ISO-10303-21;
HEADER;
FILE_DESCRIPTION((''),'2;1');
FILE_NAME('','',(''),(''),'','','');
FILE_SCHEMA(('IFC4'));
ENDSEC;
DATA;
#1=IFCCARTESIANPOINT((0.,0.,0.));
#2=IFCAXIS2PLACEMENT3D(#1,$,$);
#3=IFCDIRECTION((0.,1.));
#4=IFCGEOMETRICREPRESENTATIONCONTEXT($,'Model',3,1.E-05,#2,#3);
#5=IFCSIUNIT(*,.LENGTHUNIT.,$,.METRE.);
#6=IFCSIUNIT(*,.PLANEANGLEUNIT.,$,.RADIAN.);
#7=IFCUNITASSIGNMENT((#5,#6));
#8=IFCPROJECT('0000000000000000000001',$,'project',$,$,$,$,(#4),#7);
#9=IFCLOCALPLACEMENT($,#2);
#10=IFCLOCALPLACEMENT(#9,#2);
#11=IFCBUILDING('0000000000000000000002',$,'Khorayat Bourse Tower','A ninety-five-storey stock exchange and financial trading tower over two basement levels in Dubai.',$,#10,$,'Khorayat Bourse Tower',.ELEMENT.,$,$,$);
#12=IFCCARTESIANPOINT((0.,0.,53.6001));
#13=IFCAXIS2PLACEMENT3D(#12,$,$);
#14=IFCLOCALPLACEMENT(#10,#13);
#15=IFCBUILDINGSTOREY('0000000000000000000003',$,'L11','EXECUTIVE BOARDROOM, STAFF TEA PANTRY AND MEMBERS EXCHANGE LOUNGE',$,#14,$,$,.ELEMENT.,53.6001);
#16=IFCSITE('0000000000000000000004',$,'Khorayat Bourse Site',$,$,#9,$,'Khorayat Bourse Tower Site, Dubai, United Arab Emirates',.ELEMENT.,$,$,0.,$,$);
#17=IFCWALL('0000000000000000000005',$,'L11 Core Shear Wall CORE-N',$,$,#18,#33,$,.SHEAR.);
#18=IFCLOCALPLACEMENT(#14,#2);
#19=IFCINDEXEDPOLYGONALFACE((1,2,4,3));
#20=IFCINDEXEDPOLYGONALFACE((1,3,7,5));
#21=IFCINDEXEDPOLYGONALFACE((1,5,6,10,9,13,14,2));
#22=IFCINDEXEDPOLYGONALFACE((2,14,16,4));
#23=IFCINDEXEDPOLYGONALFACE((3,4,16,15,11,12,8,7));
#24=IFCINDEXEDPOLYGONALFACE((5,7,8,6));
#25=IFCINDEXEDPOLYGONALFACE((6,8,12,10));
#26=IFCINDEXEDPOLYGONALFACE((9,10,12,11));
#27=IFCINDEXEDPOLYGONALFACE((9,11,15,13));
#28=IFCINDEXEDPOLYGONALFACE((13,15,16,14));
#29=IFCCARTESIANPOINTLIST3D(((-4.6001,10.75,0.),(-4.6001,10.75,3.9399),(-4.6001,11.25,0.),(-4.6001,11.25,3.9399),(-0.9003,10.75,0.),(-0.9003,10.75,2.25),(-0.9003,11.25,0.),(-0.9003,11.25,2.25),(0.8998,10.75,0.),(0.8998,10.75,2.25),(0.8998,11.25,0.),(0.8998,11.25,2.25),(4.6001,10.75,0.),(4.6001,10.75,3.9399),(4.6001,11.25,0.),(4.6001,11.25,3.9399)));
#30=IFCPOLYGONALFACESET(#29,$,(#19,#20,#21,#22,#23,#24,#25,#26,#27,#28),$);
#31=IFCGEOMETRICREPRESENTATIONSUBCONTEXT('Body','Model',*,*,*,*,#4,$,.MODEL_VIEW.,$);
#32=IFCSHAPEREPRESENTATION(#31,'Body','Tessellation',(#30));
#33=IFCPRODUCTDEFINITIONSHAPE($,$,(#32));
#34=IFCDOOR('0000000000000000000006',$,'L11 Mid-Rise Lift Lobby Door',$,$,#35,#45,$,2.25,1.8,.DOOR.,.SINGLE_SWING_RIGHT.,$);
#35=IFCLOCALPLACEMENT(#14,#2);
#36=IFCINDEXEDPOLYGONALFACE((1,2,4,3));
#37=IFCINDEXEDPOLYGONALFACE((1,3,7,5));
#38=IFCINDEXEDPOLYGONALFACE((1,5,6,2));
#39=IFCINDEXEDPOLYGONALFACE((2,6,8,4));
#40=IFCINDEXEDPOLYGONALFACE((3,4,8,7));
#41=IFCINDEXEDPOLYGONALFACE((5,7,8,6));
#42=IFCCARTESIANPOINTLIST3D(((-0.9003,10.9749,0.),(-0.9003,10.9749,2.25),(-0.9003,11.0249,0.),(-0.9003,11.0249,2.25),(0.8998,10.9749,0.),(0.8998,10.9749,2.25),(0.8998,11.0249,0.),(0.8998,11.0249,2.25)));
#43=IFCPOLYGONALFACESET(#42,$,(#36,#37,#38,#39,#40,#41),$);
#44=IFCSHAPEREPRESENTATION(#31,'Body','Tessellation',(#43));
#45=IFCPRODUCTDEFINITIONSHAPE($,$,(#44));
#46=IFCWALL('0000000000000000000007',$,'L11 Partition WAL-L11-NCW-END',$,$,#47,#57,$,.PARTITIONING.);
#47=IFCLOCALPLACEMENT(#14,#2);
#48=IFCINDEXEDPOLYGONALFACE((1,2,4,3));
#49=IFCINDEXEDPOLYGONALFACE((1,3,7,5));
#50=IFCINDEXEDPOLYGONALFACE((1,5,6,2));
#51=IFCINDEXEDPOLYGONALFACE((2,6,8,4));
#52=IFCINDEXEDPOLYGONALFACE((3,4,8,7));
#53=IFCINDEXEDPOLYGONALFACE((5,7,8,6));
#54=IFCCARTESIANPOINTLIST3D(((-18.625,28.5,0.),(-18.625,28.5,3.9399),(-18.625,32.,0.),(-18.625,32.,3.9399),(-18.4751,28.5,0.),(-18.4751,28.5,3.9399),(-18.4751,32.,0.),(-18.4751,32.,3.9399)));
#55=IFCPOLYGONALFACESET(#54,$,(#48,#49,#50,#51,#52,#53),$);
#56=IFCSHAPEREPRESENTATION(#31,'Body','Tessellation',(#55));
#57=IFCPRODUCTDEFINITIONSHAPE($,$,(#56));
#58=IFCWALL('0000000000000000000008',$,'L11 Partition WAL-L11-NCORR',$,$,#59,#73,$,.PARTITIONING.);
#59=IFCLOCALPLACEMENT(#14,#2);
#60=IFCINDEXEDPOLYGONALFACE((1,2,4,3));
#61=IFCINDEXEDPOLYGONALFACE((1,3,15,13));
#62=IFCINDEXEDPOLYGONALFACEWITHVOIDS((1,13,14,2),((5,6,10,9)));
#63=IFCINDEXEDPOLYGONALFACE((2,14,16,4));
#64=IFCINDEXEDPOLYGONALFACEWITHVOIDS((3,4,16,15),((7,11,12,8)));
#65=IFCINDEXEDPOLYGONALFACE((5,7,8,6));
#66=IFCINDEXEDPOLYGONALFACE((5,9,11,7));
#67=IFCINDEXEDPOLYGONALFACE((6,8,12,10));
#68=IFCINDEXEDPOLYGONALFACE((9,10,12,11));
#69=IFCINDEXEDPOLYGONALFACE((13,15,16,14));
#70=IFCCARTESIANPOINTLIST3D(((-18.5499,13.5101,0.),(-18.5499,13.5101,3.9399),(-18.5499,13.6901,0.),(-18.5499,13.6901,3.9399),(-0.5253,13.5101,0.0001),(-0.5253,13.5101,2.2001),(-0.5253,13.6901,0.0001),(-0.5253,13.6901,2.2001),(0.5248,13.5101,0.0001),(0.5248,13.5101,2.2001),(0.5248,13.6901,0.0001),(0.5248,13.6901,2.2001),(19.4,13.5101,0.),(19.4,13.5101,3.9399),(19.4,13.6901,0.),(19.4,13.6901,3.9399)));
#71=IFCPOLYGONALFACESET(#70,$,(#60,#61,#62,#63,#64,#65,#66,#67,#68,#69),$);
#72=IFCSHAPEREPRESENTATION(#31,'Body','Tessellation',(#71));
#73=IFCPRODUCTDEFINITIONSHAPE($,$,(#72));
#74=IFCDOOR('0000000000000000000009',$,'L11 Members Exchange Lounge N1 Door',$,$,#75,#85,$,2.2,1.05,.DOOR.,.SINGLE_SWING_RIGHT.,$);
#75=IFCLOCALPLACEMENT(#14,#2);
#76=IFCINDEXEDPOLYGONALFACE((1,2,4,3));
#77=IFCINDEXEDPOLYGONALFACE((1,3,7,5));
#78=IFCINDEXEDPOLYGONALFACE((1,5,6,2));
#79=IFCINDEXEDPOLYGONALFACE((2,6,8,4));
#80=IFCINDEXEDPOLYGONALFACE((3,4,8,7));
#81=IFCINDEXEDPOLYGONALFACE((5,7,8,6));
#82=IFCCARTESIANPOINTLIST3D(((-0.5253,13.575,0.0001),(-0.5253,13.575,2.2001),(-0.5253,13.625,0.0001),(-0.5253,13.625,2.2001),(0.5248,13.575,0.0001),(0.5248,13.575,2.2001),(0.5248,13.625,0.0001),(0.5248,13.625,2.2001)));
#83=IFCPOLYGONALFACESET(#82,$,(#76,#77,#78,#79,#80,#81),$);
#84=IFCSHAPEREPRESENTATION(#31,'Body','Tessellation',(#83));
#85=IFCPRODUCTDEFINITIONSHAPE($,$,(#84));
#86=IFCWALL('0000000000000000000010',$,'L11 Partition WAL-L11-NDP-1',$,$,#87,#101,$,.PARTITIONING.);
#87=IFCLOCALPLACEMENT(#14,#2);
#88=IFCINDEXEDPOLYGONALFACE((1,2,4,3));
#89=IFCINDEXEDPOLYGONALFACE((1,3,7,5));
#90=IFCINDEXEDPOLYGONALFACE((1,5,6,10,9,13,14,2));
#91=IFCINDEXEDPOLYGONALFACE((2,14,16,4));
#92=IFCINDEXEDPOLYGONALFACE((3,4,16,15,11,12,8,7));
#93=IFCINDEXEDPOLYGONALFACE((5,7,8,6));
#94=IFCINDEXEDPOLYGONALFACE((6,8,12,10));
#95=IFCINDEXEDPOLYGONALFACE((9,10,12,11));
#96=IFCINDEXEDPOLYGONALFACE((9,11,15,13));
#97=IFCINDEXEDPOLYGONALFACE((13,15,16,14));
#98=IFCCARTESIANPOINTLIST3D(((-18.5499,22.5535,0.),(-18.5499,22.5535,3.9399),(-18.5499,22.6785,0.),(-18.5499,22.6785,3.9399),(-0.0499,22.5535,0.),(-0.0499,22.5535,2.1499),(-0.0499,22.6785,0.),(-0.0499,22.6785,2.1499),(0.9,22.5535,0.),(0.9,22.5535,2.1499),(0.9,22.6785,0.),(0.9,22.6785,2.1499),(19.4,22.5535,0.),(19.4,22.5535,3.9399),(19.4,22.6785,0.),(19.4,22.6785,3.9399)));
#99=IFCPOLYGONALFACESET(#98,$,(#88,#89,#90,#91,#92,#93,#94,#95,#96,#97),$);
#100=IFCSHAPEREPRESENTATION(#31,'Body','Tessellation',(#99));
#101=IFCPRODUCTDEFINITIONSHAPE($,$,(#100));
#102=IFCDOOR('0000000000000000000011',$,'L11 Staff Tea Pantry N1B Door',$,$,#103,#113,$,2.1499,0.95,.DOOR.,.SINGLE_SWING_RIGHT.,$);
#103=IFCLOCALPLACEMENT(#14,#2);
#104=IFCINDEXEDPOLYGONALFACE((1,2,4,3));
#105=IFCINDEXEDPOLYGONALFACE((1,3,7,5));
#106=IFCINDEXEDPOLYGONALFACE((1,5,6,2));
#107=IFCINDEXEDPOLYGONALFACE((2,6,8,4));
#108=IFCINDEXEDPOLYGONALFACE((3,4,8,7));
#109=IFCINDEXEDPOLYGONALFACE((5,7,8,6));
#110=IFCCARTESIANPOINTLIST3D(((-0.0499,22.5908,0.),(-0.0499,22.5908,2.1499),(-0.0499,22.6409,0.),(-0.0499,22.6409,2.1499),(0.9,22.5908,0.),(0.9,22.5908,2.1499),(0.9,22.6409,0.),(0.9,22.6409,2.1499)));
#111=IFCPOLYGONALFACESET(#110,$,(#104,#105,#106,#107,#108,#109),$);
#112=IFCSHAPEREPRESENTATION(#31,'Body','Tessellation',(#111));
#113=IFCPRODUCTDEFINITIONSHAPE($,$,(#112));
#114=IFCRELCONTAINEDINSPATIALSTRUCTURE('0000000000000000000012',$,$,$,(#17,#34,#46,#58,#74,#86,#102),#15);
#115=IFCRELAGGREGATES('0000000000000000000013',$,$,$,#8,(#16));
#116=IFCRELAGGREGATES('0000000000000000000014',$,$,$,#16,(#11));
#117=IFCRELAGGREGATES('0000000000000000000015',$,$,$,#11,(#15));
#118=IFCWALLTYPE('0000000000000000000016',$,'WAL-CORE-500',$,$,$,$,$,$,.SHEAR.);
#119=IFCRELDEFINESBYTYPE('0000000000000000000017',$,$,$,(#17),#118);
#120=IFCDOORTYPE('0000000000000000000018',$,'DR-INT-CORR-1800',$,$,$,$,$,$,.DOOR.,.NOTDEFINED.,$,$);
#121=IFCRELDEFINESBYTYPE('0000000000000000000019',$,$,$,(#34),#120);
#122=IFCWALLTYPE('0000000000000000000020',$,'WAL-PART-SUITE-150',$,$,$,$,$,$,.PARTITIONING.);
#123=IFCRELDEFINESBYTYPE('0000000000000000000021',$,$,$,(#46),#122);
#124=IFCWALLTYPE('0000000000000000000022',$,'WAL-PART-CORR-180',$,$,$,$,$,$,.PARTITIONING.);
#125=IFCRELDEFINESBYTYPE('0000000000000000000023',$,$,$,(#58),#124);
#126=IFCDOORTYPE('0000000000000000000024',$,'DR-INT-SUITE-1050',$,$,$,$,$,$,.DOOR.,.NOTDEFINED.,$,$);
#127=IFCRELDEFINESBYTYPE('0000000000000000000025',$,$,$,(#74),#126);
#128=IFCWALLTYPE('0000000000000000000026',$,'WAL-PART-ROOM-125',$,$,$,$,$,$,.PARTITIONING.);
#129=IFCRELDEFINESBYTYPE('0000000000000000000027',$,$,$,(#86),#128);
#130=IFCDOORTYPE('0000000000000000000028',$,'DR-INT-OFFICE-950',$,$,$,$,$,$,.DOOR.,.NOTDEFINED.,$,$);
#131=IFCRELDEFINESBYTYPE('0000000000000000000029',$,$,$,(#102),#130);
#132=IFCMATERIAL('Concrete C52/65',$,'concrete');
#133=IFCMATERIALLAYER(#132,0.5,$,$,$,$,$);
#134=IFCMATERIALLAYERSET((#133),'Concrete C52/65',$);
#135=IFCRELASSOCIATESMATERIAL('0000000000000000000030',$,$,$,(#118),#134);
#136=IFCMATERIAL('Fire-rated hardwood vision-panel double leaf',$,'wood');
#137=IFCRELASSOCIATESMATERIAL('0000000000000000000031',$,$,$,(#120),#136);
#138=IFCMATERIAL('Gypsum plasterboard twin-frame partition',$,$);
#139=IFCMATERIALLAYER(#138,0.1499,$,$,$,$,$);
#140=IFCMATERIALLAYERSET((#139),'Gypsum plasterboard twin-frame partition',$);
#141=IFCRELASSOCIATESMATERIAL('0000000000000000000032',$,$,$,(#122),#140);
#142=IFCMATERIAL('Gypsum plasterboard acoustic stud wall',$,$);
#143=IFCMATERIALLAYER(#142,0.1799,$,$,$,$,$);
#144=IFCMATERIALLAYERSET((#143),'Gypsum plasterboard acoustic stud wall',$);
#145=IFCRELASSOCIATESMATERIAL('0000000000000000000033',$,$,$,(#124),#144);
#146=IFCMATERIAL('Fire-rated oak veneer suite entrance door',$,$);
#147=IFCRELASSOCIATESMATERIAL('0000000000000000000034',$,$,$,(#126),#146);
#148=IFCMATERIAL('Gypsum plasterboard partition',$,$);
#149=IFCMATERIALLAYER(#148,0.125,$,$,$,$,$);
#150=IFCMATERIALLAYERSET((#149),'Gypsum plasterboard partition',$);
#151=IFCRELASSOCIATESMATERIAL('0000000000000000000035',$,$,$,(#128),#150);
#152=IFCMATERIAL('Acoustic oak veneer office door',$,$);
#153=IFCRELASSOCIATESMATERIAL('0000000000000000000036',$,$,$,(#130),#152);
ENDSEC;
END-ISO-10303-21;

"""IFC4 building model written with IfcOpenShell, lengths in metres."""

from ifc_helpers import new_model, si_unit, direction, frame, frame_2d, origin, place, context, subcontext, project, spatial, rectangle, extrude, source, transform, mapped, material, layer, layer_set, type_object, element, fill, save


model = new_model("IFC4")

# Units and contexts
model_context = context("Model", 3, precision=1e-05, world=origin(), true_north=direction((0.0, 1.0)))
body_context = subcontext(model_context, "Body", "Model", "MODEL_VIEW")
ifc_project = project(units=[si_unit("LENGTHUNIT", "METRE"), si_unit("PLANEANGLEUNIT", "RADIAN")], contexts=[model_context])

# Site, building, storey
site_placement = place(None, origin())
site = spatial("IfcSite", under=ifc_project, at=site_placement, Name="Khorayat Bourse Site", LongName="Khorayat Bourse Tower Site, Dubai, United Arab Emirates", CompositionType="ELEMENT", RefElevation=0.0)
building_placement = place(site_placement, origin())
building = spatial("IfcBuilding", under=site, at=building_placement, Name="Khorayat Bourse Tower", Description="A ninety-five-storey stock exchange and financial trading tower over two basement levels in Dubai.", LongName="Khorayat Bourse Tower", CompositionType="ELEMENT")
storey_placement = place(building_placement, frame((0.0, 0.0, 53.6001)))
storey = spatial("IfcBuildingStorey", under=building, at=storey_placement, Name="L11", Description="EXECUTIVE BOARDROOM, STAFF TEA PANTRY AND MEMBERS EXCHANGE LOUNGE", CompositionType="ELEMENT", Elevation=53.6001)

# Wall, opening, door
ifc_material_1 = material(Name="Concrete C52/65", Category="concrete")
ifc_layer_1 = layer(ifc_material_1, 0.5)
ifc_layer_set_1 = layer_set([ifc_layer_1], Name="Concrete C52/65")
wall_type_1 = type_object("IfcWallType", Name="WAL-CORE-500", PredefinedType="SHEAR", material=ifc_layer_set_1)
shared_shape_1 = source(origin(), body_context, "Body", "SweptSolid", [
    extrude(rectangle(XDim=9.2002, YDim=0.5, at=frame_2d((4.6001, 0.0))), origin(), (0.0, 0.0, 1.0), 3.9399),
])
wall_1_placement = place(storey_placement, frame((-4.6001, 11.0, 0.0), z_axis=(0.0, 0.0, 1.0), x_axis=(1.0, 0.0, 0.0)))
wall_1 = element("IfcWall", 1, at=wall_1_placement, inside=storey, type_object=wall_type_1, Name="L11 Core Shear Wall CORE-N", PredefinedType="SHEAR", context=body_context, shape_type="MappedRepresentation", body=[
    mapped(shared_shape_1, transform((0.0, 0.0, 0.0), scale=1.0)),
])
shared_shape_2 = source(origin(), body_context, "Body", "SweptSolid", [
    extrude(rectangle(XDim=1.8, YDim=2.25, at=frame_2d((0.8999, 1.125))), frame((0.0, 0.26, 0.0), z_axis=(0.0, -1.0, 0.0), x_axis=(1.0, 0.0, 0.0)), (0.0, 0.0, 1.0), 0.52),
])
opening_1_placement = place(wall_1_placement, frame((3.7, 0.0, 0.0)))
opening_1 = element("IfcOpeningElement", 2, at=opening_1_placement, cuts=wall_1, PredefinedType="OPENING", context=body_context, shape_type="MappedRepresentation", body=[
    mapped(shared_shape_2, transform((0.0, 0.0, 0.0), scale=1.0)),
])
ifc_material_2 = material(Name="Fire-rated hardwood vision-panel double leaf", Category="wood")
door_type_1 = type_object("IfcDoorType", Name="DR-INT-CORR-1800", OperationType="NOTDEFINED", PredefinedType="DOOR", material=ifc_material_2)
shared_shape_3 = source(origin(), body_context, "Body", "SweptSolid", [
    extrude(rectangle(XDim=1.8, YDim=2.25, at=frame_2d((0.8999, 1.125))), frame((0.0, 0.0249, 0.0), z_axis=(0.0, -1.0, 0.0), x_axis=(1.0, 0.0, 0.0)), (0.0, 0.0, 1.0), 0.05),
])
door_1_placement = place(opening_1_placement, origin())
door_1 = element("IfcDoor", 3, at=door_1_placement, inside=storey, type_object=door_type_1, Name="L11 Mid-Rise Lift Lobby Door", OperationType="SINGLE_SWING_RIGHT", OverallHeight=2.25, OverallWidth=1.8, PredefinedType="DOOR", context=body_context, shape_type="MappedRepresentation", body=[
    mapped(shared_shape_3, transform((0.0, 0.0, 0.0), scale=1.0)),
])
fill(opening_1, door_1)

# Wall
ifc_material_3 = material(Name="Gypsum plasterboard twin-frame partition")
ifc_layer_2 = layer(ifc_material_3, 0.1499)
ifc_layer_set_2 = layer_set([ifc_layer_2], Name="Gypsum plasterboard twin-frame partition")
wall_type_2 = type_object("IfcWallType", Name="WAL-PART-SUITE-150", PredefinedType="PARTITIONING", material=ifc_layer_set_2)
shared_shape_4 = source(origin(), body_context, "Body", "SweptSolid", [
    extrude(rectangle(XDim=3.5, YDim=0.1499, at=frame_2d((1.75, 0.0))), origin(), (0.0, 0.0, 1.0), 3.9399),
])
wall_2_placement = place(storey_placement, frame((-18.55, 28.5, 0.0), z_axis=(0.0, 0.0, 1.0), x_axis=(0.0, 1.0, 0.0)))
element("IfcWall", 4, at=wall_2_placement, inside=storey, type_object=wall_type_2, Name="L11 Partition WAL-L11-NCW-END", PredefinedType="PARTITIONING", context=body_context, shape_type="MappedRepresentation", body=[
    mapped(shared_shape_4, transform((0.0, 0.0, 0.0), scale=1.0)),
])

# Walls, openings, doors
ifc_material_4 = material(Name="Gypsum plasterboard acoustic stud wall")
ifc_layer_3 = layer(ifc_material_4, 0.1799)
ifc_layer_set_3 = layer_set([ifc_layer_3], Name="Gypsum plasterboard acoustic stud wall")
wall_type_3 = type_object("IfcWallType", Name="WAL-PART-CORR-180", PredefinedType="PARTITIONING", material=ifc_layer_set_3)
shared_shape_5 = source(origin(), body_context, "Body", "SweptSolid", [
    extrude(rectangle(XDim=37.95, YDim=0.1799, at=frame_2d((18.9751, 0.0))), origin(), (0.0, 0.0, 1.0), 3.9399),
])
wall_3_placement = place(storey_placement, frame((-18.55, 13.6001, 0.0), z_axis=(0.0, 0.0, 1.0), x_axis=(1.0, 0.0, 0.0)))
wall_3 = element("IfcWall", 5, at=wall_3_placement, inside=storey, type_object=wall_type_3, Name="L11 Partition WAL-L11-NCORR", PredefinedType="PARTITIONING", context=body_context, shape_type="MappedRepresentation", body=[
    mapped(shared_shape_5, transform((0.0, 0.0, 0.0), scale=1.0)),
])
shared_shape_6 = source(origin(), body_context, "Body", "SweptSolid", [
    extrude(rectangle(XDim=1.05, YDim=2.2, at=frame_2d((0.5249, 1.1001))), frame((0.0, 0.0999, 0.0), z_axis=(0.0, -1.0, 0.0), x_axis=(1.0, 0.0, 0.0)), (0.0, 0.0, 1.0), 0.2),
])
opening_2_placement = place(wall_3_placement, frame((18.0249, 0.0, 0.0)))
opening_2 = element("IfcOpeningElement", 6, at=opening_2_placement, cuts=wall_3, PredefinedType="OPENING", context=body_context, shape_type="MappedRepresentation", body=[
    mapped(shared_shape_6, transform((0.0, 0.0, 0.0), scale=1.0)),
])
ifc_material_5 = material(Name="Fire-rated oak veneer suite entrance door")
door_type_2 = type_object("IfcDoorType", Name="DR-INT-SUITE-1050", OperationType="NOTDEFINED", PredefinedType="DOOR", material=ifc_material_5)
shared_shape_7 = source(origin(), body_context, "Body", "SweptSolid", [
    extrude(rectangle(XDim=1.05, YDim=2.2, at=frame_2d((0.5249, 1.1001))), frame((0.0, 0.0249, 0.0), z_axis=(0.0, -1.0, 0.0), x_axis=(1.0, 0.0, 0.0)), (0.0, 0.0, 1.0), 0.05),
])
door_2_placement = place(opening_2_placement, origin())
door_2 = element("IfcDoor", 7, at=door_2_placement, inside=storey, type_object=door_type_2, Name="L11 Members Exchange Lounge N1 Door", OperationType="SINGLE_SWING_RIGHT", OverallHeight=2.2, OverallWidth=1.05, PredefinedType="DOOR", context=body_context, shape_type="MappedRepresentation", body=[
    mapped(shared_shape_7, transform((0.0, 0.0, 0.0), scale=1.0)),
])
fill(opening_2, door_2)
ifc_material_6 = material(Name="Gypsum plasterboard partition")
ifc_layer_4 = layer(ifc_material_6, 0.125)
ifc_layer_set_4 = layer_set([ifc_layer_4], Name="Gypsum plasterboard partition")
wall_type_4 = type_object("IfcWallType", Name="WAL-PART-ROOM-125", PredefinedType="PARTITIONING", material=ifc_layer_set_4)
shared_shape_8 = source(origin(), body_context, "Body", "SweptSolid", [
    extrude(rectangle(XDim=37.95, YDim=0.125, at=frame_2d((18.9751, 0.0))), origin(), (0.0, 0.0, 1.0), 3.9399),
])
wall_4_placement = place(storey_placement, frame((-18.55, 22.616, 0.0), z_axis=(0.0, 0.0, 1.0), x_axis=(1.0, 0.0, 0.0)))
wall_4 = element("IfcWall", 8, at=wall_4_placement, inside=storey, type_object=wall_type_4, Name="L11 Partition WAL-L11-NDP-1", PredefinedType="PARTITIONING", context=body_context, shape_type="MappedRepresentation", body=[
    mapped(shared_shape_8, transform((0.0, 0.0, 0.0), scale=1.0)),
])
shared_shape_9 = source(origin(), body_context, "Body", "SweptSolid", [
    extrude(rectangle(XDim=0.95, YDim=2.1499, at=frame_2d((0.4751, 1.075))), frame((0.0, 0.0725, 0.0), z_axis=(0.0, -1.0, 0.0), x_axis=(1.0, 0.0, 0.0)), (0.0, 0.0, 1.0), 0.145),
])
opening_3_placement = place(wall_4_placement, frame((18.5, 0.0, 0.0)))
opening_3 = element("IfcOpeningElement", 9, at=opening_3_placement, cuts=wall_4, PredefinedType="OPENING", context=body_context, shape_type="MappedRepresentation", body=[
    mapped(shared_shape_9, transform((0.0, 0.0, 0.0), scale=1.0)),
])
ifc_material_7 = material(Name="Acoustic oak veneer office door")
door_type_3 = type_object("IfcDoorType", Name="DR-INT-OFFICE-950", OperationType="NOTDEFINED", PredefinedType="DOOR", material=ifc_material_7)
shared_shape_10 = source(origin(), body_context, "Body", "SweptSolid", [
    extrude(rectangle(XDim=0.95, YDim=2.1499, at=frame_2d((0.4751, 1.075))), frame((0.0, 0.0249, 0.0), z_axis=(0.0, -1.0, 0.0), x_axis=(1.0, 0.0, 0.0)), (0.0, 0.0, 1.0), 0.05),
])
door_3_placement = place(opening_3_placement, origin())
door_3 = element("IfcDoor", 10, at=door_3_placement, inside=storey, type_object=door_type_3, Name="L11 Staff Tea Pantry N1B Door", OperationType="SINGLE_SWING_RIGHT", OverallHeight=2.1499, OverallWidth=0.95, PredefinedType="DOOR", context=body_context, shape_type="MappedRepresentation", body=[
    mapped(shared_shape_10, transform((0.0, 0.0, 0.0), scale=1.0)),
])
fill(opening_3, door_3)

save(model, "model.ifc")
